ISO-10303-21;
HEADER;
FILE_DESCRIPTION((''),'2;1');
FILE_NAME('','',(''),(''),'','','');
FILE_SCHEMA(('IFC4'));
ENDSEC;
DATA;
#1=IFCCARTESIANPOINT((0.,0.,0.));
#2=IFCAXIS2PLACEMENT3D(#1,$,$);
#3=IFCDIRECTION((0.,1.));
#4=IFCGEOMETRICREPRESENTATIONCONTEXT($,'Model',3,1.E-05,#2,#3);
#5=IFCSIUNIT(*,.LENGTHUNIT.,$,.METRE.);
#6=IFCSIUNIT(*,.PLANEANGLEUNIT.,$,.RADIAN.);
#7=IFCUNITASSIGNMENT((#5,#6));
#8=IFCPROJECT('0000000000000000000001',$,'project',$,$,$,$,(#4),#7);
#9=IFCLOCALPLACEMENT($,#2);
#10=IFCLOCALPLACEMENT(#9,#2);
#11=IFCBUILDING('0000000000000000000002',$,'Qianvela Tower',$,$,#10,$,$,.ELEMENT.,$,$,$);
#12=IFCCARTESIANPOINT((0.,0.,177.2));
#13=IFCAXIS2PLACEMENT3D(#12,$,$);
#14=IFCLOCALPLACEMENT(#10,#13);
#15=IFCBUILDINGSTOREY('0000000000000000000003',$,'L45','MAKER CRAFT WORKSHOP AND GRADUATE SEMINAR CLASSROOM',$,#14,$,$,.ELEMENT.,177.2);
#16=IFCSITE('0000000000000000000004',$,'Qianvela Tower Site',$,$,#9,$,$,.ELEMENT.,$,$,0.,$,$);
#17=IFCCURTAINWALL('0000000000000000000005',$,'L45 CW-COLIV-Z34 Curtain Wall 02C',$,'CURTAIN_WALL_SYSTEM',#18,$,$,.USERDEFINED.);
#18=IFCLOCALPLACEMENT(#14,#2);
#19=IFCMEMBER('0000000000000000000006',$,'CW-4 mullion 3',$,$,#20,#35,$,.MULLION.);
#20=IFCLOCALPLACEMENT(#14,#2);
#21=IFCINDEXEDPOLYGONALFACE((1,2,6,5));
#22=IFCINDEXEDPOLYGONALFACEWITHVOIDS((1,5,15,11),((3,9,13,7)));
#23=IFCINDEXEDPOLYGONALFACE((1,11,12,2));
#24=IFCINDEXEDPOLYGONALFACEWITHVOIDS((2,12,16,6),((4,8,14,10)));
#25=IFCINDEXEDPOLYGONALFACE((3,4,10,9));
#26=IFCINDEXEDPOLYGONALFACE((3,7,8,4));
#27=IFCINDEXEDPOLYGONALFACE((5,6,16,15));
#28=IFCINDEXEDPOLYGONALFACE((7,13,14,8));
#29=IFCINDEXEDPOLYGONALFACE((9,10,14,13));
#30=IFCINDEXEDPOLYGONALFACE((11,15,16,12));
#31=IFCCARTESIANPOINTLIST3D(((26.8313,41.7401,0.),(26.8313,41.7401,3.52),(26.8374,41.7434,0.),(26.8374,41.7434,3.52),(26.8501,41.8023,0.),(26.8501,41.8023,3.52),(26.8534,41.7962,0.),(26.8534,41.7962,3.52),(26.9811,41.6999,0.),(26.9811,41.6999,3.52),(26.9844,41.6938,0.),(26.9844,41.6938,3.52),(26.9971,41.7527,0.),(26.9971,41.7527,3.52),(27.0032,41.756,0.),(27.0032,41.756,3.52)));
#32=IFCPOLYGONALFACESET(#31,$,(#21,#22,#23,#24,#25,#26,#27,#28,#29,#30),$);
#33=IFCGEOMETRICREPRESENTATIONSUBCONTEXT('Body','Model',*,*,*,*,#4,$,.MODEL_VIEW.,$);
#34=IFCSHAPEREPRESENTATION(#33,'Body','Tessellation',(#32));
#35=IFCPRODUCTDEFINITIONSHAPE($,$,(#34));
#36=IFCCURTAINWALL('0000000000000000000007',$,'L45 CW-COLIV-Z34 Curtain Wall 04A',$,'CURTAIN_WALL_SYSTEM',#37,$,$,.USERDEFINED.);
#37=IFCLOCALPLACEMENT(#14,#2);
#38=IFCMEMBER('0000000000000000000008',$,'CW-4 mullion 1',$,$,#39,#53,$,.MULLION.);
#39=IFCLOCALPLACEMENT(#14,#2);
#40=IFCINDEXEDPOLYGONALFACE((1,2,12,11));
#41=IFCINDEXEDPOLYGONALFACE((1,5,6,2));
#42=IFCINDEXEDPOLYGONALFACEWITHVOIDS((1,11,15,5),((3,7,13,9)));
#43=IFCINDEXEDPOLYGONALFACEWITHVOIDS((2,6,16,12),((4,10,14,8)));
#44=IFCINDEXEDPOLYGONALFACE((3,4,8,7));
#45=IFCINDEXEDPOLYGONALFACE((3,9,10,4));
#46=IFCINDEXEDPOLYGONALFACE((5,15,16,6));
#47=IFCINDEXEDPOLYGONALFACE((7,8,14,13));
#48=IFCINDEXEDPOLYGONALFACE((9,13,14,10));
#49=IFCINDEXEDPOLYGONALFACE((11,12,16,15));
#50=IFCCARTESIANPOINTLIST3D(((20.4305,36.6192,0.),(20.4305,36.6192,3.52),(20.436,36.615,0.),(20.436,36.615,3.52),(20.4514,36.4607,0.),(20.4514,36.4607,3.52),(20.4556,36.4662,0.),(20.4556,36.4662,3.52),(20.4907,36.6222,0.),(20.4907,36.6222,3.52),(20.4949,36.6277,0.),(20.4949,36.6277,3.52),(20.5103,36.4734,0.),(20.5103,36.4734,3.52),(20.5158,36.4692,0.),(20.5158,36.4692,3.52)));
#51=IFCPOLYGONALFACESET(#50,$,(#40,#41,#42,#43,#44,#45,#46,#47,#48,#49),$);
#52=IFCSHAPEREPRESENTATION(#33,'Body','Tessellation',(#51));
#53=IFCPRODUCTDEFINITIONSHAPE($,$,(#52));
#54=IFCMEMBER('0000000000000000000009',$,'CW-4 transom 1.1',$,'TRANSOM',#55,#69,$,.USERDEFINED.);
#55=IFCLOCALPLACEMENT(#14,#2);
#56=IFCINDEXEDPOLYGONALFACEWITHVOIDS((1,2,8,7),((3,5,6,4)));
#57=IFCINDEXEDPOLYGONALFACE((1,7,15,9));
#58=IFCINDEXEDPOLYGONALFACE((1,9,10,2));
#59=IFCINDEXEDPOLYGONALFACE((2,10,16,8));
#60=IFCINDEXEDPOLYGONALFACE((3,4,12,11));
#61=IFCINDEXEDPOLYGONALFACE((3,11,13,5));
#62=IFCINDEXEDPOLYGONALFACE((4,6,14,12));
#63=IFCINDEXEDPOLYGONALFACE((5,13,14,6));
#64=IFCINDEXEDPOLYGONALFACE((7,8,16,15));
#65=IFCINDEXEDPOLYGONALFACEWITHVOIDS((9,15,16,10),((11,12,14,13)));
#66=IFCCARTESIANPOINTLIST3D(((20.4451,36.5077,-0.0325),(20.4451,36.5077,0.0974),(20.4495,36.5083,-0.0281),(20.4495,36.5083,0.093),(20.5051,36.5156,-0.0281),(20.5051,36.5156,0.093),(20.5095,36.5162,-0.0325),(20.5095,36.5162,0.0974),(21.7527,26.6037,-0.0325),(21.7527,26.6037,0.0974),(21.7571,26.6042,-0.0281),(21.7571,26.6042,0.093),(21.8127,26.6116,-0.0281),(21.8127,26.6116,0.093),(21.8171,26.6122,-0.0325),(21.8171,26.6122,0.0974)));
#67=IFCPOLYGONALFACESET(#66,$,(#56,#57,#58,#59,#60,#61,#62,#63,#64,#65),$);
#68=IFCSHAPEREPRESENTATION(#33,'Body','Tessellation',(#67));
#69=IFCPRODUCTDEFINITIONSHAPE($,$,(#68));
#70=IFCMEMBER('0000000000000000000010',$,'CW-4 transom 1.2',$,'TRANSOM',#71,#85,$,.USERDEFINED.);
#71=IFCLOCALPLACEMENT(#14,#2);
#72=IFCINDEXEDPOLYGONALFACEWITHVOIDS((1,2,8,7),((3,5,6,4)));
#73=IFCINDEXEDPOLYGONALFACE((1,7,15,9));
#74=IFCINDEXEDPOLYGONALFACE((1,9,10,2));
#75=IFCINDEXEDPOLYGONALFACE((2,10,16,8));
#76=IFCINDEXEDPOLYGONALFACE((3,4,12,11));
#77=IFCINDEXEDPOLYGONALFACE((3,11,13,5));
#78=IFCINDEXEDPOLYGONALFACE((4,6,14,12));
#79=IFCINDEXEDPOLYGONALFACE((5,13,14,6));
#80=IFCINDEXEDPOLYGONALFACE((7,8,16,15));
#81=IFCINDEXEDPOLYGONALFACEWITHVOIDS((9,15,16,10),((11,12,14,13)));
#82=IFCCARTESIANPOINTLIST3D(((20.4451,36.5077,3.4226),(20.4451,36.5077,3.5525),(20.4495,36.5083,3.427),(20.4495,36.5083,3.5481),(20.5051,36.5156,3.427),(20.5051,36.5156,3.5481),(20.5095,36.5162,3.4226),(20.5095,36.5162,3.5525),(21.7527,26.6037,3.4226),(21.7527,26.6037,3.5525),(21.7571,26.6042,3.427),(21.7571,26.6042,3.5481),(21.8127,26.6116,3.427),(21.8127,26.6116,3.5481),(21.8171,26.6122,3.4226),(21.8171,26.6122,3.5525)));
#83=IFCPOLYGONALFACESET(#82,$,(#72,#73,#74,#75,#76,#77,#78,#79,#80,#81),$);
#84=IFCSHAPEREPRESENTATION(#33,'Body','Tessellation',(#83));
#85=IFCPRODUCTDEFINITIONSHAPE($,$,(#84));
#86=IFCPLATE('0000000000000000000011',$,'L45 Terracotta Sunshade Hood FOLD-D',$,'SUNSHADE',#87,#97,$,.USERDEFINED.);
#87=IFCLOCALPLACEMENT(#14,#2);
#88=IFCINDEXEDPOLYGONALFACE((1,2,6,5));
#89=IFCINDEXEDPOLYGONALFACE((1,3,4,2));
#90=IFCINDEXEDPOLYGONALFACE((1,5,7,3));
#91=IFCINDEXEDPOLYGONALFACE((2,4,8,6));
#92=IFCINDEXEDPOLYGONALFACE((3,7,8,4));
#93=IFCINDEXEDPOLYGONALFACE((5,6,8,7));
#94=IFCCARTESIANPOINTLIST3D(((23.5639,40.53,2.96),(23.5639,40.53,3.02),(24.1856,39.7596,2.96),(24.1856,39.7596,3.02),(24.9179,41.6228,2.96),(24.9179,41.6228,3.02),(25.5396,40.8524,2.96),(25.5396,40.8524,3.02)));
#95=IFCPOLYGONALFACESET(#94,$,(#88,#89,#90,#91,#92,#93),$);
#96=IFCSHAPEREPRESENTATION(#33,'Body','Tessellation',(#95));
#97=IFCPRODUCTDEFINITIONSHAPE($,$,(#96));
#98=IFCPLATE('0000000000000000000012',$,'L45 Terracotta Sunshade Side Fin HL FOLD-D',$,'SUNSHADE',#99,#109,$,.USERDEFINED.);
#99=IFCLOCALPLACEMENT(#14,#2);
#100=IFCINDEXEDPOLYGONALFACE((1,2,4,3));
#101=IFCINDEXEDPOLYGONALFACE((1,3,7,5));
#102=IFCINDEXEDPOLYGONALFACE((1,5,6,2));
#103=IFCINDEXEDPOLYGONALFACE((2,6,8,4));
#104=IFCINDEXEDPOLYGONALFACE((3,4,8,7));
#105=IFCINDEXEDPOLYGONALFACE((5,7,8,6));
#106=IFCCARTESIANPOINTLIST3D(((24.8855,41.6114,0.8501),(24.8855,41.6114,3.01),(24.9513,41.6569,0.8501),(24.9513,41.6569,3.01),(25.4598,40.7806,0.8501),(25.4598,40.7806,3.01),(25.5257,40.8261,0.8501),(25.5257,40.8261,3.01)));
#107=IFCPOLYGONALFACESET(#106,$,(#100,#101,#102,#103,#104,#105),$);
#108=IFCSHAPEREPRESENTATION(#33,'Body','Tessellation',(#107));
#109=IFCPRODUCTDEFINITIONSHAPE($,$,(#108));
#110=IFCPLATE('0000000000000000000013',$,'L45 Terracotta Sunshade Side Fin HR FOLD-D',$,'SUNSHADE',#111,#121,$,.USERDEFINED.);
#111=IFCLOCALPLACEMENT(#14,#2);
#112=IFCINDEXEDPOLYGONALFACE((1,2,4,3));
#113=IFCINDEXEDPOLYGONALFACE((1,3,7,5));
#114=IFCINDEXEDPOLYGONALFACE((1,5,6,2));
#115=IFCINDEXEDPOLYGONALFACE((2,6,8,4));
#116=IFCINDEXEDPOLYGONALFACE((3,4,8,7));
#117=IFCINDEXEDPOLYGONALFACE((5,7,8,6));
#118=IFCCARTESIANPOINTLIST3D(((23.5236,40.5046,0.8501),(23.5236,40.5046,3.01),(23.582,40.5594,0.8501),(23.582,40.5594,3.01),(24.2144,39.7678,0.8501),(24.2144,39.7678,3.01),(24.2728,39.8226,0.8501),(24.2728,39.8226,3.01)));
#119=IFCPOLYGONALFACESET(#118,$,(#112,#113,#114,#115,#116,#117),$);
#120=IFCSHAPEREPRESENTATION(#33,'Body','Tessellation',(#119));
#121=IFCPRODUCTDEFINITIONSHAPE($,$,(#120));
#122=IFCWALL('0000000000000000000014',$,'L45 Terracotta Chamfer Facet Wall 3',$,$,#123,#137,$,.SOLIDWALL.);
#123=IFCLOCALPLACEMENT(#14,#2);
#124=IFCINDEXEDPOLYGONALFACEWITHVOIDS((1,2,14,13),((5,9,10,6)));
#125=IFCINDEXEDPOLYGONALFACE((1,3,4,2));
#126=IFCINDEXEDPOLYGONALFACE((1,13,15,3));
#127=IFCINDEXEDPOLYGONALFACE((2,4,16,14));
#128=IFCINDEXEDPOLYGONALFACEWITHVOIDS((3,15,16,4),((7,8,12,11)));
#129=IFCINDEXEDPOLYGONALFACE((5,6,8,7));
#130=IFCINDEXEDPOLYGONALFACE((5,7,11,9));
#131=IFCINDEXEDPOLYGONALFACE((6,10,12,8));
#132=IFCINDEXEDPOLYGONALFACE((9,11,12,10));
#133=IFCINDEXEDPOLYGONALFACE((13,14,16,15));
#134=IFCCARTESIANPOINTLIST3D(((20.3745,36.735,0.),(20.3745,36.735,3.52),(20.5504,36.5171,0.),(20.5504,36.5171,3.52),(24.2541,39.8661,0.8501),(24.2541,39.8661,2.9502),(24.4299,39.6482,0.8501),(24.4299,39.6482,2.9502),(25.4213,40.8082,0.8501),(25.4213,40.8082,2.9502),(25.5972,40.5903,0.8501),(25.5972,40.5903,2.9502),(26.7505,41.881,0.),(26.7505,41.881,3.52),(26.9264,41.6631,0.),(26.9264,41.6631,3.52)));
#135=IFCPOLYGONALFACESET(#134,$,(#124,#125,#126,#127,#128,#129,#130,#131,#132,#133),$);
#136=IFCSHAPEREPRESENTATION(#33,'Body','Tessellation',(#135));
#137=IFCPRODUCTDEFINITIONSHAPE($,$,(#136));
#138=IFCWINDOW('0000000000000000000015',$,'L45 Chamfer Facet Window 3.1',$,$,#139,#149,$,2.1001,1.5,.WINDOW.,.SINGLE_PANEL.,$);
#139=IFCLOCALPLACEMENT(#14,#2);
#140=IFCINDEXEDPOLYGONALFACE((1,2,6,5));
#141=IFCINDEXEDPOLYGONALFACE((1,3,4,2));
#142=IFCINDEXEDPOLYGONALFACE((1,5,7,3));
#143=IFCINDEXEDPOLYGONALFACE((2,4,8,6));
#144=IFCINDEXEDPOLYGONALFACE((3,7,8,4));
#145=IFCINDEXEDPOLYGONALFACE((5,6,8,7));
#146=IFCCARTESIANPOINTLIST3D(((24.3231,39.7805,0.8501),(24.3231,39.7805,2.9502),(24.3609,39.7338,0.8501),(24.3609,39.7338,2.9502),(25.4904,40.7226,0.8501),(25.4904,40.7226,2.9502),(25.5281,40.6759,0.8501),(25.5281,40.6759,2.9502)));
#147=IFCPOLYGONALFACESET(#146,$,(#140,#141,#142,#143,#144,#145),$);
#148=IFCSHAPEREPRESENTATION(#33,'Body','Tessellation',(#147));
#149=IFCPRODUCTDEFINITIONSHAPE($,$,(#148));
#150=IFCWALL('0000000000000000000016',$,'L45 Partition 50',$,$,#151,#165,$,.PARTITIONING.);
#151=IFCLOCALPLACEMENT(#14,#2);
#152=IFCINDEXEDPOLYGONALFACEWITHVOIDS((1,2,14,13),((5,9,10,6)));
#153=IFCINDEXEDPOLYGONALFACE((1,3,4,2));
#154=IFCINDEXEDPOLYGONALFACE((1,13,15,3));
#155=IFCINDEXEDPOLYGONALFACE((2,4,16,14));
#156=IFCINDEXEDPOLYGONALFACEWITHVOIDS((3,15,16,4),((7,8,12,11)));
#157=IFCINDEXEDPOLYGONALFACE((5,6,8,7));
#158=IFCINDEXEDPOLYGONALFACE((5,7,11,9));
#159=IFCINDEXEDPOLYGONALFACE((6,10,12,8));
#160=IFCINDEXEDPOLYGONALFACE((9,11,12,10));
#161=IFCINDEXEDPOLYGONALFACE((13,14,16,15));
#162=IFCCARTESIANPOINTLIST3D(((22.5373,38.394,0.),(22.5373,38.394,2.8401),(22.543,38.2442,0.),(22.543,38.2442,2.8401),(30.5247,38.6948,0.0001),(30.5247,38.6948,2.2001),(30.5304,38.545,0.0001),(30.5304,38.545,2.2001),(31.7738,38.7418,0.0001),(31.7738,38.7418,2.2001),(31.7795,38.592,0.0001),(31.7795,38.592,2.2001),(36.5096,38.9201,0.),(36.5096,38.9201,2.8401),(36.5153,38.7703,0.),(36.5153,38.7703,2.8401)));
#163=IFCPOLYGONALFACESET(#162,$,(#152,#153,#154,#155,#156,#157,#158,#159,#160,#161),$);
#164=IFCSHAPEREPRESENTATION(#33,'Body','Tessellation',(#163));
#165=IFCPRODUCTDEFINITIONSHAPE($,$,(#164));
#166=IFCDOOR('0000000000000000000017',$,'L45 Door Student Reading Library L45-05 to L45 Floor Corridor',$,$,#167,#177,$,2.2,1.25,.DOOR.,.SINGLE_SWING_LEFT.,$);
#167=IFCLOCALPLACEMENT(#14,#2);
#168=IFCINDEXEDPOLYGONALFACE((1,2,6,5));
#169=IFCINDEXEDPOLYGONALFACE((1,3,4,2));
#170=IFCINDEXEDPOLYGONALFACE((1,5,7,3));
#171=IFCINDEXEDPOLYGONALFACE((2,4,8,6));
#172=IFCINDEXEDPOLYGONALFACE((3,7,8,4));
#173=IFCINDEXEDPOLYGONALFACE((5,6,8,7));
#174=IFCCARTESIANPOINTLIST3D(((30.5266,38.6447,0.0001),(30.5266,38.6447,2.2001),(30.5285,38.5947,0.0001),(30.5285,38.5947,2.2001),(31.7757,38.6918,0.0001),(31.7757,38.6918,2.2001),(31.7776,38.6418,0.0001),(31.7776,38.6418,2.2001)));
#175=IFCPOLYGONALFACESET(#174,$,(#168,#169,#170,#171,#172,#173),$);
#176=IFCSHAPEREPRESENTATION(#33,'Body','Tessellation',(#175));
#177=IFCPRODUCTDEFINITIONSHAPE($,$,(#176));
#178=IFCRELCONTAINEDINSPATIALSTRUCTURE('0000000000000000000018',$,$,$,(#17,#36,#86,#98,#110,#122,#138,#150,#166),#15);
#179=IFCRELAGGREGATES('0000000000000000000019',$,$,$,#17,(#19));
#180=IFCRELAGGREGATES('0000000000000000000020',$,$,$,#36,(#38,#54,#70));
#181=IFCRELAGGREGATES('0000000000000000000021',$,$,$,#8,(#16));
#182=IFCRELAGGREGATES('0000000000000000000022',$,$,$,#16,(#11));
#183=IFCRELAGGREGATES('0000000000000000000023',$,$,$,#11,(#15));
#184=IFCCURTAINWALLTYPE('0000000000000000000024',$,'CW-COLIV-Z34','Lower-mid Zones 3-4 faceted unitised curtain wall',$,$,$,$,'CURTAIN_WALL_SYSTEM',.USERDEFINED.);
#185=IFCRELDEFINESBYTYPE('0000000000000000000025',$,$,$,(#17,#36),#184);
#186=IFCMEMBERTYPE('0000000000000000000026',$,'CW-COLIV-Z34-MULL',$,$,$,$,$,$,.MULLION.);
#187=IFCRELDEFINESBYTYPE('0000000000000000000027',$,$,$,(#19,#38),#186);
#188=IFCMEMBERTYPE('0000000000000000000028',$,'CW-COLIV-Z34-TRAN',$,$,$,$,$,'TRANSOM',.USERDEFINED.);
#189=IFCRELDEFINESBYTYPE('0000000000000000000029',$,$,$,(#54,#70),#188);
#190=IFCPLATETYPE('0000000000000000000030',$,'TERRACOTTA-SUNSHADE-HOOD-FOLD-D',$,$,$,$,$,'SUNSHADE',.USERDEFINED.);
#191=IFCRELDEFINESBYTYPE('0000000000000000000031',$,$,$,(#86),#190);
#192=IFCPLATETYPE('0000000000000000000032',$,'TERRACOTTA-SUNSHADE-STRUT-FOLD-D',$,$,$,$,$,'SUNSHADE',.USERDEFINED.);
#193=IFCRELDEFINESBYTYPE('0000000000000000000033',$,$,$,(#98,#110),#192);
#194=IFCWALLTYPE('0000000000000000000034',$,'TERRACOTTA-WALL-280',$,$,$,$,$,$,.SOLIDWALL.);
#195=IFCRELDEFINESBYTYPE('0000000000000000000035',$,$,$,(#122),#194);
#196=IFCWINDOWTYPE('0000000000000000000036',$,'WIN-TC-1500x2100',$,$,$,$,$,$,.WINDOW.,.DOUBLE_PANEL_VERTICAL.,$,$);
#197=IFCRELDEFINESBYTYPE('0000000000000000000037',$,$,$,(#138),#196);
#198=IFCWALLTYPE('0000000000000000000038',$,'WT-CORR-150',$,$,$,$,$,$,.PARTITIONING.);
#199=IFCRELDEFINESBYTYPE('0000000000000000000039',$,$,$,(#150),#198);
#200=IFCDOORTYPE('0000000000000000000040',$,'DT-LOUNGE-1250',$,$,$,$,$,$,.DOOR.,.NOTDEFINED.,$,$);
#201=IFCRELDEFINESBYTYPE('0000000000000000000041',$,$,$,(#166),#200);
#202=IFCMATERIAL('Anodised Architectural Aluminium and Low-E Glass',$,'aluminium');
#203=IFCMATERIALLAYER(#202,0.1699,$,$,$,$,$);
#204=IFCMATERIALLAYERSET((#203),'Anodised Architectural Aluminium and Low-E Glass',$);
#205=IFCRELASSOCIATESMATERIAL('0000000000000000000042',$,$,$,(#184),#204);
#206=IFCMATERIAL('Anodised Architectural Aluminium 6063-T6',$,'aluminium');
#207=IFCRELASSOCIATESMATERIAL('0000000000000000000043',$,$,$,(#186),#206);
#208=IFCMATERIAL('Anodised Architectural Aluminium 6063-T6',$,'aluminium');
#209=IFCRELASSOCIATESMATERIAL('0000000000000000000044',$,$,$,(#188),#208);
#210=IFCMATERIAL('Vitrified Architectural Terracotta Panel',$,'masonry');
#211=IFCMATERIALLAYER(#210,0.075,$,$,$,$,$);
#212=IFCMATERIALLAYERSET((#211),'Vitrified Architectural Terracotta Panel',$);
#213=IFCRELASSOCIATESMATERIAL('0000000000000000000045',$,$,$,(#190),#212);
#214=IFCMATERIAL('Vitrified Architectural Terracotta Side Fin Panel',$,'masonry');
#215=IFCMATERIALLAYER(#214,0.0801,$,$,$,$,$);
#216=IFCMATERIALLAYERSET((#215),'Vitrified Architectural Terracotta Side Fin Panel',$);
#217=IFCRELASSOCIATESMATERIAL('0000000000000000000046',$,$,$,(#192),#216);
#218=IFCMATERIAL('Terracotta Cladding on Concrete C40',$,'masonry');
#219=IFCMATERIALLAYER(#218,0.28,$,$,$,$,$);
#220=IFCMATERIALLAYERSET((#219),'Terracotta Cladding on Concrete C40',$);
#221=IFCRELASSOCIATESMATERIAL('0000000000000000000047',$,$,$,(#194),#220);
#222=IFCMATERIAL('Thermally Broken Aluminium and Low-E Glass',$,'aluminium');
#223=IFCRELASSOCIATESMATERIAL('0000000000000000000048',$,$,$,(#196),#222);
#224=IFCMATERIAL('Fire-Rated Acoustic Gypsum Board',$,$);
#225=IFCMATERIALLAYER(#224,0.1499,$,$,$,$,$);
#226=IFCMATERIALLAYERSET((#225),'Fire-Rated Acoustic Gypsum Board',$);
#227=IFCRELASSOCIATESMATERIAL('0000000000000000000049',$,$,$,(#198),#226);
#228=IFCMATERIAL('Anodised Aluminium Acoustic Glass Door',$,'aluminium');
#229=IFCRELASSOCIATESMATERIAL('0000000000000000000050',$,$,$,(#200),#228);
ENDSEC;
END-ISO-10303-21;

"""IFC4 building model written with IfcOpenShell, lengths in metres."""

from ifc_helpers import new_model, si_unit, direction, frame, frame_2d, origin, origin_2d, place, context, subcontext, project, spatial, rectangle, hollow_rectangle, extrude, material, layer, layer_set, material_profile, profile_set, type_object, element, fill, aggregate, save


model = new_model("IFC4")

# Units and contexts
model_context = context("Model", 3, precision=1e-05, world=origin(), true_north=direction((0.0, 1.0)))
body_context = subcontext(model_context, "Body", "Model", "MODEL_VIEW")
ifc_project = project(units=[si_unit("LENGTHUNIT", "METRE"), si_unit("PLANEANGLEUNIT", "RADIAN")], contexts=[model_context])

# Site, building, storey
site_placement = place(None, origin())
site = spatial("IfcSite", under=ifc_project, at=site_placement, Name="Qianvela Tower Site", CompositionType="ELEMENT", RefElevation=0.0)
building_placement = place(site_placement, origin())
building = spatial("IfcBuilding", under=site, at=building_placement, Name="Qianvela Tower", CompositionType="ELEMENT")
storey_placement = place(building_placement, frame((0.0, 0.0, 177.2)))
storey = spatial("IfcBuildingStorey", under=building, at=storey_placement, Name="L45", Description="MAKER CRAFT WORKSHOP AND GRADUATE SEMINAR CLASSROOM", CompositionType="ELEMENT", Elevation=177.2)

# Curtain wall, member
ifc_material_1 = material(Name="Anodised Architectural Aluminium and Low-E Glass", Category="aluminium")
ifc_layer_1 = layer(ifc_material_1, 0.1699)
ifc_layer_set_1 = layer_set([ifc_layer_1], Name="Anodised Architectural Aluminium and Low-E Glass")
curtain_wall_type = type_object("IfcCurtainWallType", Name="CW-COLIV-Z34", Description="Lower-mid Zones 3-4 faceted unitised curtain wall", ElementType="CURTAIN_WALL_SYSTEM", PredefinedType="USERDEFINED", material=ifc_layer_set_1)
curtain_wall_1_placement = place(storey_placement, origin())
curtain_wall_1 = element("IfcCurtainWall", 1, at=curtain_wall_1_placement, inside=storey, type_object=curtain_wall_type, Name="L45 CW-COLIV-Z34 Curtain Wall 02C", ObjectType="CURTAIN_WALL_SYSTEM", PredefinedType="USERDEFINED")
ifc_material_2 = material(Name="Anodised Architectural Aluminium 6063-T6", Category="aluminium")
ifc_material_profile_1 = material_profile(ifc_material_2, hollow_rectangle(XDim=0.0649, YDim=0.1599, WallThickness=0.0049, at=origin_2d()), Name="ALU-MULL-65x160")
ifc_profile_set_1 = profile_set([ifc_material_profile_1], Name="Anodised Architectural Aluminium 6063-T6")
member_type_1 = type_object("IfcMemberType", Name="CW-COLIV-Z34-MULL", PredefinedType="MULLION", material=ifc_profile_set_1)
member_1_placement = place(storey_placement, frame((26.9172, 41.748, 0.0), z_axis=(0.0, 0.0, 1.0), x_axis=(-0.289585, -0.957152, 0.0)))
member_1 = element("IfcMember", 2, at=member_1_placement, type_object=member_type_1, Name="CW-4 mullion 3", PredefinedType="MULLION", context=body_context, shape_type="SweptSolid", body=[
    extrude(hollow_rectangle(XDim=0.0649, YDim=0.1599, WallThickness=0.0049, at=origin_2d()), origin(), (0.0, 0.0, 1.0), 3.52),
])
aggregate(curtain_wall_1, [member_1])

# Curtain wall, members
curtain_wall_2_placement = place(storey_placement, origin())
curtain_wall_2 = element("IfcCurtainWall", 3, at=curtain_wall_2_placement, inside=storey, type_object=curtain_wall_type, Name="L45 CW-COLIV-Z34 Curtain Wall 04A", ObjectType="CURTAIN_WALL_SYSTEM", PredefinedType="USERDEFINED")
member_2_placement = place(storey_placement, frame((20.4731, 36.5442, 0.0), z_axis=(0.0, 0.0, 1.0), x_axis=(0.991398, 0.13088, 0.0)))
member_2 = element("IfcMember", 4, at=member_2_placement, type_object=member_type_1, Name="CW-4 mullion 1", PredefinedType="MULLION", context=body_context, shape_type="SweptSolid", body=[
    extrude(hollow_rectangle(XDim=0.0649, YDim=0.1599, WallThickness=0.0049, at=origin_2d()), origin(), (0.0, 0.0, 1.0), 3.52),
])
ifc_material_3 = material(Name="Anodised Architectural Aluminium 6063-T6", Category="aluminium")
ifc_material_profile_2 = material_profile(ifc_material_3, hollow_rectangle(XDim=0.0649, YDim=0.1299, WallThickness=0.0044, at=origin_2d()), Name="ALU-TRAN-65x130")
ifc_profile_set_2 = profile_set([ifc_material_profile_2], Name="Anodised Architectural Aluminium 6063-T6")
member_type_2 = type_object("IfcMemberType", Name="CW-COLIV-Z34-TRAN", ElementType="TRANSOM", PredefinedType="USERDEFINED", material=ifc_profile_set_2)
member_3_placement = place(storey_placement, frame((20.4773, 36.512, 0.0325), z_axis=(0.130893, -0.991397, 0.0), x_axis=(0.991397, 0.130893, 0.0)))
member_3 = element("IfcMember", 5, at=member_3_placement, type_object=member_type_2, Name="CW-4 transom 1.1", ObjectType="TRANSOM", PredefinedType="USERDEFINED", context=body_context, shape_type="SweptSolid", body=[
    extrude(hollow_rectangle(XDim=0.0649, YDim=0.1299, WallThickness=0.0044, at=origin_2d()), origin(), (0.0, 0.0, 1.0), 9.99),
])
member_4_placement = place(storey_placement, frame((20.4773, 36.512, 3.4875), z_axis=(0.130893, -0.991397, 0.0), x_axis=(0.991397, 0.130893, 0.0)))
member_4 = element("IfcMember", 6, at=member_4_placement, type_object=member_type_2, Name="CW-4 transom 1.2", ObjectType="TRANSOM", PredefinedType="USERDEFINED", context=body_context, shape_type="SweptSolid", body=[
    extrude(hollow_rectangle(XDim=0.0649, YDim=0.1299, WallThickness=0.0044, at=origin_2d()), origin(), (0.0, 0.0, 1.0), 9.99),
])
aggregate(curtain_wall_2, [member_2, member_3, member_4])

# Plates
ifc_material_4 = material(Name="Vitrified Architectural Terracotta Panel", Category="masonry")
ifc_layer_2 = layer(ifc_material_4, 0.075)
ifc_layer_set_2 = layer_set([ifc_layer_2], Name="Vitrified Architectural Terracotta Panel")
plate_type_1 = type_object("IfcPlateType", Name="TERRACOTTA-SUNSHADE-HOOD-FOLD-D", ElementType="SUNSHADE", PredefinedType="USERDEFINED", material=ifc_layer_set_2)
plate_placement = place(storey_placement, frame((24.5518, 40.6912, 2.96), z_axis=(0.0, 0.0, 1.0), x_axis=(-0.778172, -0.628051, 0.0)))
element("IfcPlate", 7, at=plate_placement, inside=storey, type_object=plate_type_1, Name="L45 Terracotta Sunshade Hood FOLD-D", ObjectType="SUNSHADE", PredefinedType="USERDEFINED", context=body_context, shape_type="SweptSolid", body=[
    extrude(rectangle(XDim=1.74, YDim=0.99, at=origin_2d()), origin(), (0.0, 0.0, 1.0), 0.0601),
])
ifc_material_5 = material(Name="Vitrified Architectural Terracotta Side Fin Panel", Category="masonry")
ifc_layer_3 = layer(ifc_material_5, 0.0801)
ifc_layer_set_3 = layer_set([ifc_layer_3], Name="Vitrified Architectural Terracotta Side Fin Panel")
plate_type_2 = type_object("IfcPlateType", Name="TERRACOTTA-SUNSHADE-STRUT-FOLD-D", ElementType="SUNSHADE", PredefinedType="USERDEFINED", material=ifc_layer_set_3)
for number, where, z_axis, x_axis, name in (
    (8, (25.2056, 41.2188, 0.8501), (0.0, 0.0, 1.0), (-0.822576, -0.568655, 0.0), "L45 Terracotta Sunshade Side Fin HL FOLD-D"),
    (9, (23.8982, 40.1636, 0.8501), (0.0, 0.0, 1.0), (-0.729488, -0.683993, 0.0), "L45 Terracotta Sunshade Side Fin HR FOLD-D"),
):
    element("IfcPlate", number, at=place(storey_placement, frame(where, z_axis=z_axis, x_axis=x_axis)), inside=storey, type_object=plate_type_2, Name=name, ObjectType="SUNSHADE", PredefinedType="USERDEFINED", context=body_context, shape_type="SweptSolid", body=[
        extrude(rectangle(XDim=0.0801, YDim=1.01, at=origin_2d()), origin(), (0.0, 0.0, 1.0), 2.1599),
    ])

# Wall, opening, window
ifc_material_6 = material(Name="Terracotta Cladding on Concrete C40", Category="masonry")
ifc_layer_4 = layer(ifc_material_6, 0.28)
ifc_layer_set_4 = layer_set([ifc_layer_4], Name="Terracotta Cladding on Concrete C40")
wall_type_1 = type_object("IfcWallType", Name="TERRACOTTA-WALL-280", PredefinedType="SOLIDWALL", material=ifc_layer_set_4)
wall_1_placement = place(storey_placement, frame((26.8384, 41.772, 0.0), z_axis=(0.0, 0.0, 1.0), x_axis=(-0.77817, -0.628054, 0.0)))
wall_1 = element("IfcWall", 10, at=wall_1_placement, inside=storey, type_object=wall_type_1, Name="L45 Terracotta Chamfer Facet Wall 3", PredefinedType="SOLIDWALL", context=body_context, shape_type="SweptSolid", body=[
    extrude(rectangle(XDim=8.1936, YDim=0.28, at=frame_2d((4.0967, 0.0))), origin(), (0.0, 0.0, 1.0), 3.52),
])
opening_1_placement = place(wall_1_placement, frame((1.708, 0.0, 0.8501)))
opening_1 = element("IfcOpeningElement", 11, at=opening_1_placement, cuts=wall_1, PredefinedType="OPENING", context=body_context, shape_type="SweptSolid", body=[
    extrude(rectangle(XDim=1.5, YDim=2.1001, at=frame_2d((0.75, 1.05))), frame((0.0, 0.1499, 0.0), z_axis=(0.0, -1.0, 0.0), x_axis=(1.0, 0.0, 0.0)), (0.0, 0.0, 1.0), 0.3),
])
ifc_material_7 = material(Name="Thermally Broken Aluminium and Low-E Glass", Category="aluminium")
window_type = type_object("IfcWindowType", Name="WIN-TC-1500x2100", PartitioningType="DOUBLE_PANEL_VERTICAL", PredefinedType="WINDOW", material=ifc_material_7)
window_placement = place(opening_1_placement, origin())
window = element("IfcWindow", 12, at=window_placement, inside=storey, type_object=window_type, Name="L45 Chamfer Facet Window 3.1", OverallHeight=2.1001, OverallWidth=1.5, PartitioningType="SINGLE_PANEL", PredefinedType="WINDOW", context=body_context, shape_type="SweptSolid", body=[
    extrude(rectangle(XDim=1.5, YDim=2.1001, at=frame_2d((0.75, 1.05))), frame((0.0, 0.03, 0.0), z_axis=(0.0, -1.0, 0.0), x_axis=(1.0, 0.0, 0.0)), (0.0, 0.0, 1.0), 0.0601),
])
fill(opening_1, window)

# Wall, opening, door
ifc_material_8 = material(Name="Fire-Rated Acoustic Gypsum Board")
ifc_layer_5 = layer(ifc_material_8, 0.1499)
ifc_layer_set_5 = layer_set([ifc_layer_5], Name="Fire-Rated Acoustic Gypsum Board")
wall_type_2 = type_object("IfcWallType", Name="WT-CORR-150", PredefinedType="PARTITIONING", material=ifc_layer_set_5)
wall_2_placement = place(storey_placement, frame((22.54, 38.3191, 0.0), z_axis=(0.0, 0.0, 1.0), x_axis=(0.999292, 0.037628, 0.0)))
wall_2 = element("IfcWall", 13, at=wall_2_placement, inside=storey, type_object=wall_type_2, Name="L45 Partition 50", PredefinedType="PARTITIONING", context=body_context, shape_type="SweptSolid", body=[
    extrude(rectangle(XDim=13.9822, YDim=0.1499, at=frame_2d((6.9912, 0.0))), origin(), (0.0, 0.0, 1.0), 2.8401),
])
opening_2_placement = place(wall_2_placement, frame((7.9932, 0.0, 0.0)))
opening_2 = element("IfcOpeningElement", 14, at=opening_2_placement, cuts=wall_2, PredefinedType="OPENING", context=body_context, shape_type="SweptSolid", body=[
    extrude(rectangle(XDim=1.25, YDim=2.2, at=frame_2d((0.625, 1.1001))), frame((0.0, 0.085, 0.0), z_axis=(0.0, -1.0, 0.0), x_axis=(1.0, 0.0, 0.0)), (0.0, 0.0, 1.0), 0.1699),
])
ifc_material_9 = material(Name="Anodised Aluminium Acoustic Glass Door", Category="aluminium")
door_type = type_object("IfcDoorType", Name="DT-LOUNGE-1250", OperationType="NOTDEFINED", PredefinedType="DOOR", material=ifc_material_9)
door_placement = place(opening_2_placement, origin())
door = element("IfcDoor", 15, at=door_placement, inside=storey, type_object=door_type, Name="L45 Door Student Reading Library L45-05 to L45 Floor Corridor", OperationType="SINGLE_SWING_LEFT", OverallHeight=2.2, OverallWidth=1.25, PredefinedType="DOOR", context=body_context, shape_type="SweptSolid", body=[
    extrude(rectangle(XDim=1.25, YDim=2.2, at=frame_2d((0.625, 1.1001))), frame((0.0, 0.0249, 0.0), z_axis=(0.0, -1.0, 0.0), x_axis=(1.0, 0.0, 0.0)), (0.0, 0.0, 1.0), 0.05),
])
fill(opening_2, door)

save(model, "model.ifc")
